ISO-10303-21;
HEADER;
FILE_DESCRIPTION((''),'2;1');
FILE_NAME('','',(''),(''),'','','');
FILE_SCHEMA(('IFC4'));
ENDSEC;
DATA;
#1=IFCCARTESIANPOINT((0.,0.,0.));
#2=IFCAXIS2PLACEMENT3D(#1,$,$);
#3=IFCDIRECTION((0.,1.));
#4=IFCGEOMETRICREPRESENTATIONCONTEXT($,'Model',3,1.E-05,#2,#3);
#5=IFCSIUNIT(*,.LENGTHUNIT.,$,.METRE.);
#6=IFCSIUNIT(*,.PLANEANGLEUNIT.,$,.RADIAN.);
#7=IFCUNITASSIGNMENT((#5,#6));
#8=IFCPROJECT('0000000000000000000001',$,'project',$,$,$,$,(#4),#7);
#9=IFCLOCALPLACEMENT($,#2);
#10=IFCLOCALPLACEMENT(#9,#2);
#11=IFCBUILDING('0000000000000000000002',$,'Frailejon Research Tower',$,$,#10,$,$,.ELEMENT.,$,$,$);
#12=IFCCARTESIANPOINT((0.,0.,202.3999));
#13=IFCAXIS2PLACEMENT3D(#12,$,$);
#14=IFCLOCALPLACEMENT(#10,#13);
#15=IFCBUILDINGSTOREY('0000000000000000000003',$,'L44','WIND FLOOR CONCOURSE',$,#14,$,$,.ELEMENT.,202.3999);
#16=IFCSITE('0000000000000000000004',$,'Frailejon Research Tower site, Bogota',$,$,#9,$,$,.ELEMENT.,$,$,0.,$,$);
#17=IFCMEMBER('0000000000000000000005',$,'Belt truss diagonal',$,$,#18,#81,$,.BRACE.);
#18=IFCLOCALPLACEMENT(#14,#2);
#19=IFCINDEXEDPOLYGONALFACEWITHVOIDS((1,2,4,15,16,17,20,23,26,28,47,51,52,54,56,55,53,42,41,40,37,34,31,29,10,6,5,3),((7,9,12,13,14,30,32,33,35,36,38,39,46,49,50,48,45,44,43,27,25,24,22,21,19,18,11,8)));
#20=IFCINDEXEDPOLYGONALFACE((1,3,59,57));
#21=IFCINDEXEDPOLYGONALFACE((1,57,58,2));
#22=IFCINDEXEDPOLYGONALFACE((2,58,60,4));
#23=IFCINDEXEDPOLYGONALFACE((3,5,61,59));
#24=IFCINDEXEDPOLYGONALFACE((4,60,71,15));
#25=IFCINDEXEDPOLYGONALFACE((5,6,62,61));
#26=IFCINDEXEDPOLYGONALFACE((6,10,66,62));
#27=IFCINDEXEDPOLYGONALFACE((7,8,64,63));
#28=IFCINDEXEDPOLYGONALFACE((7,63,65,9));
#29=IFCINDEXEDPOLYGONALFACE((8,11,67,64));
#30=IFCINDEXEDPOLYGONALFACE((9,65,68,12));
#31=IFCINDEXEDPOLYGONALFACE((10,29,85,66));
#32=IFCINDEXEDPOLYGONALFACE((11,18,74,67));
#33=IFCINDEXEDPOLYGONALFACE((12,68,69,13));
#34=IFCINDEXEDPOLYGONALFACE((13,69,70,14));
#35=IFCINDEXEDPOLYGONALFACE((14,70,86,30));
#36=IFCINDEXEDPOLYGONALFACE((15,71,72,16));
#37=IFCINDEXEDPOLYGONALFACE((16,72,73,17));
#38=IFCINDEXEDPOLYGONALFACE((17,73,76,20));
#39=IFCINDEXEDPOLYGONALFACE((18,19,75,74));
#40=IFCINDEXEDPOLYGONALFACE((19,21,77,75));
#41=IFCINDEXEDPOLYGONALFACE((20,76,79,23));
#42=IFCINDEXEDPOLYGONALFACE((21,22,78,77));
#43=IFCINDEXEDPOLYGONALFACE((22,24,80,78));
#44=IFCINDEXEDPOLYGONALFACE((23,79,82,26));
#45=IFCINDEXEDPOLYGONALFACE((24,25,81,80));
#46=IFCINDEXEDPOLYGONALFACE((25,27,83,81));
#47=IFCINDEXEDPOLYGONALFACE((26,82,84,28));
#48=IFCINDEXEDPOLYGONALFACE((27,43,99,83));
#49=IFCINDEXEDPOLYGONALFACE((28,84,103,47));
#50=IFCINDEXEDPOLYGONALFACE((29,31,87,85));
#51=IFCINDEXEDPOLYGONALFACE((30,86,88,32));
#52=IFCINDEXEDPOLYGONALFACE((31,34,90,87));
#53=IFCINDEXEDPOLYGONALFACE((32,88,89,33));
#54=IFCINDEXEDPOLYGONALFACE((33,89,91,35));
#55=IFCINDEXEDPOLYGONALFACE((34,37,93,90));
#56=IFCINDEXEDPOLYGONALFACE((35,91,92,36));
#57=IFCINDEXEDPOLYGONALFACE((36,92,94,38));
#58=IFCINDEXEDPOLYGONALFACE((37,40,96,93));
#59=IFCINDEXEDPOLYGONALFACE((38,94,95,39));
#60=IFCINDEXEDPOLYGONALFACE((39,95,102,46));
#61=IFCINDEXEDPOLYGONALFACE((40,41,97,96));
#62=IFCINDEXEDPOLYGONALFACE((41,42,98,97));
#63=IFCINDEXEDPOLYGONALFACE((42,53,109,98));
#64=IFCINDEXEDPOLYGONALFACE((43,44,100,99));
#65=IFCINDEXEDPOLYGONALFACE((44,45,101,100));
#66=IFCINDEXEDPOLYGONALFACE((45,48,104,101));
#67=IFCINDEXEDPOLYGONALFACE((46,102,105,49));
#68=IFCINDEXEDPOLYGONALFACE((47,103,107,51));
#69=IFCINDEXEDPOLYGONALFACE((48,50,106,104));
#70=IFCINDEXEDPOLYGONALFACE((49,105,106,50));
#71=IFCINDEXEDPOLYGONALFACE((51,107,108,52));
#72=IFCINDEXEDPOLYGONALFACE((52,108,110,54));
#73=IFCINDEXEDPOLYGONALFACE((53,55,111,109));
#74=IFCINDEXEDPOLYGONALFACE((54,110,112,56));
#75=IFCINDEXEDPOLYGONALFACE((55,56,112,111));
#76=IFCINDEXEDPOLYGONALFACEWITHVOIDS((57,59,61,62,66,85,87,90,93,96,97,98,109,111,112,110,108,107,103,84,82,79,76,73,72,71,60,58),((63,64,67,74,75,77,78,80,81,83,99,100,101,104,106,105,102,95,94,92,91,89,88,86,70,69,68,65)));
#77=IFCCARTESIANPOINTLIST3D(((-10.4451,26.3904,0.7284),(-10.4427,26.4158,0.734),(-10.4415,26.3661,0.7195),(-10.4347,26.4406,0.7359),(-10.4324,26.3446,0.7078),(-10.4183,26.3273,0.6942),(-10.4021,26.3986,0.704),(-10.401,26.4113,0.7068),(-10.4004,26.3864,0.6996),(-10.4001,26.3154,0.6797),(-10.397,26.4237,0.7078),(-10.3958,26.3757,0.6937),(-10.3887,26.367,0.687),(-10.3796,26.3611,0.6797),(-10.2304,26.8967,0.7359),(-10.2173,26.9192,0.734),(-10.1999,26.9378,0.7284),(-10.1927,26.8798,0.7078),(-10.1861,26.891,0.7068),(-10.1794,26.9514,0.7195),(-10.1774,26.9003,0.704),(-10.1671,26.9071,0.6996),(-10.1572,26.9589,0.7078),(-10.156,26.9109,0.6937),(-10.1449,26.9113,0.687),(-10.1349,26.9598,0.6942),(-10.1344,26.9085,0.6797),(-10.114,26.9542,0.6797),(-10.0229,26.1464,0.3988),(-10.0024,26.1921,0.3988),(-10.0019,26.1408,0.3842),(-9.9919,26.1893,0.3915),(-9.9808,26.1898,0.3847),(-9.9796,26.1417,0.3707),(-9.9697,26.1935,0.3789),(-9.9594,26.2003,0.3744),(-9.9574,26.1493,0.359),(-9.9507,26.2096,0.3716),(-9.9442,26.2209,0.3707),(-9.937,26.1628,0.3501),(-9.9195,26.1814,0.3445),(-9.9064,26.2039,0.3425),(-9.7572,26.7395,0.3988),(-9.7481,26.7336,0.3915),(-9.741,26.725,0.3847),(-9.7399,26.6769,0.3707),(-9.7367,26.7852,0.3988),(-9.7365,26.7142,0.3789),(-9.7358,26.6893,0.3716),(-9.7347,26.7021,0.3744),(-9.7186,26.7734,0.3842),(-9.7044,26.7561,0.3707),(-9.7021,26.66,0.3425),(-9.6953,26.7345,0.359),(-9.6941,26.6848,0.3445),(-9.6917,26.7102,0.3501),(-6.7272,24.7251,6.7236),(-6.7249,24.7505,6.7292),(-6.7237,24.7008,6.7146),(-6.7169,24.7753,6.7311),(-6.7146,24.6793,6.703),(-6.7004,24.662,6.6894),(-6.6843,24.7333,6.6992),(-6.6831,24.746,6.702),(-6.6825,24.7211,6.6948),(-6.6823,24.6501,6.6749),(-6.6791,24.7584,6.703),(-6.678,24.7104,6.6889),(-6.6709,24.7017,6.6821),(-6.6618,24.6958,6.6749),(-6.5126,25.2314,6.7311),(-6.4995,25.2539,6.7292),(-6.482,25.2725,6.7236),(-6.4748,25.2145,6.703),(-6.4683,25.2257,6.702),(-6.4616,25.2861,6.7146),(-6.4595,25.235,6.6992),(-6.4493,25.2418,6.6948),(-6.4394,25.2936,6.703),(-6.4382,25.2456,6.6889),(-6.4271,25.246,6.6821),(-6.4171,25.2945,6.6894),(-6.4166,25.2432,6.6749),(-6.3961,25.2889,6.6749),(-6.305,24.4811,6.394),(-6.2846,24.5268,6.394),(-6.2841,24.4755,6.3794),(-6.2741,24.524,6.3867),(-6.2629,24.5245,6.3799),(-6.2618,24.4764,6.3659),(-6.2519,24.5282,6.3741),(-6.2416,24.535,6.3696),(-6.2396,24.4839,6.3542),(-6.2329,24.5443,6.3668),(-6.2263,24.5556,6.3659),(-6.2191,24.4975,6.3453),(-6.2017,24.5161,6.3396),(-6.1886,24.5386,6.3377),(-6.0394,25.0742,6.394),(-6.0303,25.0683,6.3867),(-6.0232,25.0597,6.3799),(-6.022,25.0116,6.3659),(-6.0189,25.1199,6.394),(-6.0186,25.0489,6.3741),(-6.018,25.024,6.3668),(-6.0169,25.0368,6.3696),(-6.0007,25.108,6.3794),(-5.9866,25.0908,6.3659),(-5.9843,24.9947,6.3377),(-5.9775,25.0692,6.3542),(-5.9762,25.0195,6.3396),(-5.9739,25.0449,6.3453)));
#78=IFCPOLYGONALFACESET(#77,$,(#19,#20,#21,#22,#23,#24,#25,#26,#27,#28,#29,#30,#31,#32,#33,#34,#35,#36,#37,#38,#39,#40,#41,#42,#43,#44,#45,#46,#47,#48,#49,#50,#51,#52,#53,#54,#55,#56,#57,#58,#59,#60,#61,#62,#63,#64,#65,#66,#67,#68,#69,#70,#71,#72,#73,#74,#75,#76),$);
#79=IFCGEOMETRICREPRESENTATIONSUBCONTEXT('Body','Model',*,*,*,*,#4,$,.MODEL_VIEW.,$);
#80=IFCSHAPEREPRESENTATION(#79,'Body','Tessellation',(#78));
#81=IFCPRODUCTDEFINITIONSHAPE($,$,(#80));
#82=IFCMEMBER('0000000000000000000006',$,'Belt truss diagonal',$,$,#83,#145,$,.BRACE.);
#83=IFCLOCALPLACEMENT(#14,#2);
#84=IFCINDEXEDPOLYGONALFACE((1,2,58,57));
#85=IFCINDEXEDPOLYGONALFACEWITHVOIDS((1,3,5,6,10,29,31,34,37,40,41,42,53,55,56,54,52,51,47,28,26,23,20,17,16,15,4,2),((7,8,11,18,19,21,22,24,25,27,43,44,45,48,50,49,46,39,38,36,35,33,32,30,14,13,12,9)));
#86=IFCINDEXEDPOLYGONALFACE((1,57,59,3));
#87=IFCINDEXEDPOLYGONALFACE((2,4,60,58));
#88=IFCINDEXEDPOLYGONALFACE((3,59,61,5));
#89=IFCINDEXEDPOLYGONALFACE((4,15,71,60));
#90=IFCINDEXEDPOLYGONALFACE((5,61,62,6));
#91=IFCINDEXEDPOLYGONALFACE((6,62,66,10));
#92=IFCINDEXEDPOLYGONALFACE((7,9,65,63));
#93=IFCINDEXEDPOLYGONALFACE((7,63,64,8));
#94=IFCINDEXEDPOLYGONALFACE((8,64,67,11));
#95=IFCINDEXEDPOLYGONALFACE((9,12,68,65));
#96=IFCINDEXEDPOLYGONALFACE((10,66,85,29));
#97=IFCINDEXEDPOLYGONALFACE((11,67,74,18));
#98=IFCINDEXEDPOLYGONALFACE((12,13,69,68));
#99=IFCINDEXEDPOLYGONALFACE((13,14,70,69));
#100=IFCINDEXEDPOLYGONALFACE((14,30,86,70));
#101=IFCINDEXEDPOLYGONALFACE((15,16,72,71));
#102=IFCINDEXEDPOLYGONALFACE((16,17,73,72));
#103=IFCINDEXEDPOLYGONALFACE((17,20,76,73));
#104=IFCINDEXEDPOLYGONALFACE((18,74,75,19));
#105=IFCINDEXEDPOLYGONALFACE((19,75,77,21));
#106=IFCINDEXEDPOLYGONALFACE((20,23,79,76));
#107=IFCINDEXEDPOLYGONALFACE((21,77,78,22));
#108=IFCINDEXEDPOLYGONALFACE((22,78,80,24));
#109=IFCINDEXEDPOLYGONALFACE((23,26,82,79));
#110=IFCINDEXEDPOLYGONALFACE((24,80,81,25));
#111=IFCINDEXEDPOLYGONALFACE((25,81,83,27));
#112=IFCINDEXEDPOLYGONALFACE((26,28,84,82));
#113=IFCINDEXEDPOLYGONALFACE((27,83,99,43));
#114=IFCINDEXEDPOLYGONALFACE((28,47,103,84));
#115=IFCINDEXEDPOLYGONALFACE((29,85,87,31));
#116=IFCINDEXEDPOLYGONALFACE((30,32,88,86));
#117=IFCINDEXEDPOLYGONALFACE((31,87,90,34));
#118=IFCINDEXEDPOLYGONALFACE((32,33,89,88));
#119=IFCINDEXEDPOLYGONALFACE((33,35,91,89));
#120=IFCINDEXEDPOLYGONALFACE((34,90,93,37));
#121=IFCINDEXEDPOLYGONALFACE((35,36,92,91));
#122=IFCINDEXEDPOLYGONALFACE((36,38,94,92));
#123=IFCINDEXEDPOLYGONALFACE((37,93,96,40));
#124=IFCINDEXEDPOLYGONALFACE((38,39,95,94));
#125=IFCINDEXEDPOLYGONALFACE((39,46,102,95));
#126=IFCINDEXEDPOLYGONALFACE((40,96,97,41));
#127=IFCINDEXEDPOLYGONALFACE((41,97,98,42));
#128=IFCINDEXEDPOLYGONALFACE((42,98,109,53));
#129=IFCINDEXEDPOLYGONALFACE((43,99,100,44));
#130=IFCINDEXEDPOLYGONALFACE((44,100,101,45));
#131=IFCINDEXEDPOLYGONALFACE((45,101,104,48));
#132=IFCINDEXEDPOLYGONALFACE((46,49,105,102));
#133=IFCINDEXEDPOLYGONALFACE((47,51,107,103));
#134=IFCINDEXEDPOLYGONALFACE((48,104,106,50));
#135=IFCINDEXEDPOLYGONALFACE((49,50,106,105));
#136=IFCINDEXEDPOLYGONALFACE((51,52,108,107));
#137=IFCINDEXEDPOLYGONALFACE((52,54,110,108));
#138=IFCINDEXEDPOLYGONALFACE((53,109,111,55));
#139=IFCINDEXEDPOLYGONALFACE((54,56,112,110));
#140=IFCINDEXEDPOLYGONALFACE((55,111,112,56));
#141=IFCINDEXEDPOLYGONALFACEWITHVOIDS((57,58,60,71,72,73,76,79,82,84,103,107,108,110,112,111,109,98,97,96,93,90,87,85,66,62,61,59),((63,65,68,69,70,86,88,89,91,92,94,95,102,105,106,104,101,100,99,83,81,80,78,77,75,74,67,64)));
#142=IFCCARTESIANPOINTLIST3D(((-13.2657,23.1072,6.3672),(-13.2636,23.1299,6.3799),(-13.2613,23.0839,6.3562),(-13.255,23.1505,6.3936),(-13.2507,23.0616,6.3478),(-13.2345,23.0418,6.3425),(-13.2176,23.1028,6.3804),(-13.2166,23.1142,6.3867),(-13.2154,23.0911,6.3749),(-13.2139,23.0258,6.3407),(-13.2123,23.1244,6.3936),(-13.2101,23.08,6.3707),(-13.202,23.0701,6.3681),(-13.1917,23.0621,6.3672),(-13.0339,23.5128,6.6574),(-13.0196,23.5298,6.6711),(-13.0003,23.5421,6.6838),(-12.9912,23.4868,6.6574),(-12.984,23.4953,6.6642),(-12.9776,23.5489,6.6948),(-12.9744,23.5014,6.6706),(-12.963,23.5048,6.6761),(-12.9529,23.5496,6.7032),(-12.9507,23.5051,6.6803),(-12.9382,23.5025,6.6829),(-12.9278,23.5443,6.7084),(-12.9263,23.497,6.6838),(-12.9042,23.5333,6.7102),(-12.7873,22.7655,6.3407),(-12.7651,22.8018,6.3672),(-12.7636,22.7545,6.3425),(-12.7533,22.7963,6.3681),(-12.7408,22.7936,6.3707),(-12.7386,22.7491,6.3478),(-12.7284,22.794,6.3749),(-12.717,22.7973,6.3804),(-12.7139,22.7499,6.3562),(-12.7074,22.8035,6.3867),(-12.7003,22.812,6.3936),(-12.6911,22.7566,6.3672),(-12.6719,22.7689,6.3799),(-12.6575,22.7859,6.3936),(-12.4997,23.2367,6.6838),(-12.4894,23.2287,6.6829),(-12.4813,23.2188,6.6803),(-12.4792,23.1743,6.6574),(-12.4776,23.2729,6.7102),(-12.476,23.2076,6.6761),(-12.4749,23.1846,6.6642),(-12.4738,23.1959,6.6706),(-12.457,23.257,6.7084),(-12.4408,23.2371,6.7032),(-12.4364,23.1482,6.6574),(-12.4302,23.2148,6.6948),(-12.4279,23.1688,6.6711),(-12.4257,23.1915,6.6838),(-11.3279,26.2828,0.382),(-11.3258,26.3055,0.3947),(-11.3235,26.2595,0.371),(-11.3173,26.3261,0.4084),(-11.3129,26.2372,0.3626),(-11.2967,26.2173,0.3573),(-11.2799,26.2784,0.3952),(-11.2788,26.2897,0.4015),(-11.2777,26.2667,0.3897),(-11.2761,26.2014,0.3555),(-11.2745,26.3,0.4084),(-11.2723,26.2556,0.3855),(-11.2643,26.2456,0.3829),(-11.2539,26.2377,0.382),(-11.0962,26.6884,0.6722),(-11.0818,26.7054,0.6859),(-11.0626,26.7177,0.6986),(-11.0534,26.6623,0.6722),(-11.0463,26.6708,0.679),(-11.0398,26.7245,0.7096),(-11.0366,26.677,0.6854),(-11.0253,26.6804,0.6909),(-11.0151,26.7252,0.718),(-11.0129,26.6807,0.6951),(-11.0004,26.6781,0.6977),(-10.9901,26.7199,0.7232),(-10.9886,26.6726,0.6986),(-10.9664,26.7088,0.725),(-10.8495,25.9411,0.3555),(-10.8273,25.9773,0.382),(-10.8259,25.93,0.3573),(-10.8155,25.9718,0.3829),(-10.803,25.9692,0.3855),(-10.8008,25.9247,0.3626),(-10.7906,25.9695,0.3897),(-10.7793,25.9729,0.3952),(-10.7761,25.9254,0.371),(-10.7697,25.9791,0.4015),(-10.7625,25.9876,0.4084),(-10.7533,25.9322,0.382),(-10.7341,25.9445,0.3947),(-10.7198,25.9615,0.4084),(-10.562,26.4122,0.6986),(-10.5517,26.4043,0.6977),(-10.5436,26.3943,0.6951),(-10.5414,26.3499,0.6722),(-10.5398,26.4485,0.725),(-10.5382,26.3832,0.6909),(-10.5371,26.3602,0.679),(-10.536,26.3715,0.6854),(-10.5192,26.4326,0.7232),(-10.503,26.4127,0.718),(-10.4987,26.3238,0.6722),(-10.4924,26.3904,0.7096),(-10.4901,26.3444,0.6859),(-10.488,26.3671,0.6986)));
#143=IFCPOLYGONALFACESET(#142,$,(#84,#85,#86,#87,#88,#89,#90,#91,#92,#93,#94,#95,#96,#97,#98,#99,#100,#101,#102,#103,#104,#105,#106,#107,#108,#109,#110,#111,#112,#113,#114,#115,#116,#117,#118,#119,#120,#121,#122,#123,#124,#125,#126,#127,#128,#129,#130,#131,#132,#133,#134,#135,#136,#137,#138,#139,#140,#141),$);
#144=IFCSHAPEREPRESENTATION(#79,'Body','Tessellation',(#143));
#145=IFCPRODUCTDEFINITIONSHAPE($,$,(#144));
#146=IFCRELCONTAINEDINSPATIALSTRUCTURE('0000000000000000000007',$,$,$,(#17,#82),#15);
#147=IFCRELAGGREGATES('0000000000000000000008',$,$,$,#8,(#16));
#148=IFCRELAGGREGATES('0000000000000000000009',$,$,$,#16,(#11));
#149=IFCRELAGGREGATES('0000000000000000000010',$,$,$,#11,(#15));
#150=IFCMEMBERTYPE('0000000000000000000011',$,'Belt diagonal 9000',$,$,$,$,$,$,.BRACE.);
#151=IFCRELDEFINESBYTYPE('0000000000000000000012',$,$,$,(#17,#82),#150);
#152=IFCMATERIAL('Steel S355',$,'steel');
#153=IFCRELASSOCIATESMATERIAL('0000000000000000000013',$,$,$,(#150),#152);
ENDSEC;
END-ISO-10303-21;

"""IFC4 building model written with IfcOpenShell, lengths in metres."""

from ifc_helpers import new_model, si_unit, direction, frame, origin, origin_2d, place, context, subcontext, project, spatial, hollow_rectangle, extrude, material, material_profile, profile_set, type_object, element, save


model = new_model("IFC4")

# Units and contexts
model_context = context("Model", 3, precision=1e-05, world=origin(), true_north=direction((0.0, 1.0)))
body_context = subcontext(model_context, "Body", "Model", "MODEL_VIEW")
ifc_project = project(units=[si_unit("LENGTHUNIT", "METRE"), si_unit("PLANEANGLEUNIT", "RADIAN")], contexts=[model_context])

# Site, building, storey
site_placement = place(None, origin())
site = spatial("IfcSite", under=ifc_project, at=site_placement, Name="Frailejon Research Tower site, Bogota", CompositionType="ELEMENT", RefElevation=0.0)
building_placement = place(site_placement, origin())
building = spatial("IfcBuilding", under=site, at=building_placement, Name="Frailejon Research Tower", CompositionType="ELEMENT")
storey_placement = place(building_placement, frame((0.0, 0.0, 202.3999)))
storey = spatial("IfcBuildingStorey", under=building, at=storey_placement, Name="L44", Description="WIND FLOOR CONCOURSE", CompositionType="ELEMENT", Elevation=202.3999)

# Members
ifc_material_1 = material(Name="Steel S355", Category="steel")
ifc_material_profile_1 = material_profile(ifc_material_1, hollow_rectangle(XDim=0.7, YDim=0.7, WallThickness=0.05, InnerFilletRadius=0.05, OuterFilletRadius=0.1001, at=origin_2d()), Name="Belt diagonal 9000")
ifc_profile_set_1 = profile_set([ifc_material_profile_1], Name="Steel S355")
member_type = type_object("IfcMemberType", Name="Belt diagonal 9000", PredefinedType="BRACE", material=ifc_profile_set_1)
member_1_placement = place(storey_placement, frame((-6.3506, 24.885, 6.5344), z_axis=(-0.512924, 0.229751, -0.827118), x_axis=(-0.408789, -0.912629, 0.0)))
element("IfcMember", 1, at=member_1_placement, inside=storey, type_object=member_type, Name="Belt truss diagonal", PredefinedType="BRACE", context=body_context, shape_type="SweptSolid", body=[
    extrude(hollow_rectangle(XDim=0.7, YDim=0.7, WallThickness=0.05, InnerFilletRadius=0.05, OuterFilletRadius=0.1001, at=origin_2d()), origin(), (0.0, 0.0, 1.0), 7.2483),
])
for number, where, z_axis, x_axis, name in (
    (2, (-10.908, 26.325, 0.5403), (-0.274974, -0.450622, 0.849311), (0.853624, -0.52089, 0.0), "Belt truss diagonal"),
):
    element("IfcMember", number, at=place(storey_placement, frame(where, z_axis=z_axis, x_axis=x_axis)), inside=storey, type_object=member_type, Name=name, PredefinedType="BRACE", context=body_context, shape_type="SweptSolid", body=[
        extrude(hollow_rectangle(XDim=0.7, YDim=0.7, WallThickness=0.05, InnerFilletRadius=0.05, OuterFilletRadius=0.1001, at=origin_2d()), origin(), (0.0, 0.0, 1.0), 7.0471),
    ])

save(model, "model.ifc")
